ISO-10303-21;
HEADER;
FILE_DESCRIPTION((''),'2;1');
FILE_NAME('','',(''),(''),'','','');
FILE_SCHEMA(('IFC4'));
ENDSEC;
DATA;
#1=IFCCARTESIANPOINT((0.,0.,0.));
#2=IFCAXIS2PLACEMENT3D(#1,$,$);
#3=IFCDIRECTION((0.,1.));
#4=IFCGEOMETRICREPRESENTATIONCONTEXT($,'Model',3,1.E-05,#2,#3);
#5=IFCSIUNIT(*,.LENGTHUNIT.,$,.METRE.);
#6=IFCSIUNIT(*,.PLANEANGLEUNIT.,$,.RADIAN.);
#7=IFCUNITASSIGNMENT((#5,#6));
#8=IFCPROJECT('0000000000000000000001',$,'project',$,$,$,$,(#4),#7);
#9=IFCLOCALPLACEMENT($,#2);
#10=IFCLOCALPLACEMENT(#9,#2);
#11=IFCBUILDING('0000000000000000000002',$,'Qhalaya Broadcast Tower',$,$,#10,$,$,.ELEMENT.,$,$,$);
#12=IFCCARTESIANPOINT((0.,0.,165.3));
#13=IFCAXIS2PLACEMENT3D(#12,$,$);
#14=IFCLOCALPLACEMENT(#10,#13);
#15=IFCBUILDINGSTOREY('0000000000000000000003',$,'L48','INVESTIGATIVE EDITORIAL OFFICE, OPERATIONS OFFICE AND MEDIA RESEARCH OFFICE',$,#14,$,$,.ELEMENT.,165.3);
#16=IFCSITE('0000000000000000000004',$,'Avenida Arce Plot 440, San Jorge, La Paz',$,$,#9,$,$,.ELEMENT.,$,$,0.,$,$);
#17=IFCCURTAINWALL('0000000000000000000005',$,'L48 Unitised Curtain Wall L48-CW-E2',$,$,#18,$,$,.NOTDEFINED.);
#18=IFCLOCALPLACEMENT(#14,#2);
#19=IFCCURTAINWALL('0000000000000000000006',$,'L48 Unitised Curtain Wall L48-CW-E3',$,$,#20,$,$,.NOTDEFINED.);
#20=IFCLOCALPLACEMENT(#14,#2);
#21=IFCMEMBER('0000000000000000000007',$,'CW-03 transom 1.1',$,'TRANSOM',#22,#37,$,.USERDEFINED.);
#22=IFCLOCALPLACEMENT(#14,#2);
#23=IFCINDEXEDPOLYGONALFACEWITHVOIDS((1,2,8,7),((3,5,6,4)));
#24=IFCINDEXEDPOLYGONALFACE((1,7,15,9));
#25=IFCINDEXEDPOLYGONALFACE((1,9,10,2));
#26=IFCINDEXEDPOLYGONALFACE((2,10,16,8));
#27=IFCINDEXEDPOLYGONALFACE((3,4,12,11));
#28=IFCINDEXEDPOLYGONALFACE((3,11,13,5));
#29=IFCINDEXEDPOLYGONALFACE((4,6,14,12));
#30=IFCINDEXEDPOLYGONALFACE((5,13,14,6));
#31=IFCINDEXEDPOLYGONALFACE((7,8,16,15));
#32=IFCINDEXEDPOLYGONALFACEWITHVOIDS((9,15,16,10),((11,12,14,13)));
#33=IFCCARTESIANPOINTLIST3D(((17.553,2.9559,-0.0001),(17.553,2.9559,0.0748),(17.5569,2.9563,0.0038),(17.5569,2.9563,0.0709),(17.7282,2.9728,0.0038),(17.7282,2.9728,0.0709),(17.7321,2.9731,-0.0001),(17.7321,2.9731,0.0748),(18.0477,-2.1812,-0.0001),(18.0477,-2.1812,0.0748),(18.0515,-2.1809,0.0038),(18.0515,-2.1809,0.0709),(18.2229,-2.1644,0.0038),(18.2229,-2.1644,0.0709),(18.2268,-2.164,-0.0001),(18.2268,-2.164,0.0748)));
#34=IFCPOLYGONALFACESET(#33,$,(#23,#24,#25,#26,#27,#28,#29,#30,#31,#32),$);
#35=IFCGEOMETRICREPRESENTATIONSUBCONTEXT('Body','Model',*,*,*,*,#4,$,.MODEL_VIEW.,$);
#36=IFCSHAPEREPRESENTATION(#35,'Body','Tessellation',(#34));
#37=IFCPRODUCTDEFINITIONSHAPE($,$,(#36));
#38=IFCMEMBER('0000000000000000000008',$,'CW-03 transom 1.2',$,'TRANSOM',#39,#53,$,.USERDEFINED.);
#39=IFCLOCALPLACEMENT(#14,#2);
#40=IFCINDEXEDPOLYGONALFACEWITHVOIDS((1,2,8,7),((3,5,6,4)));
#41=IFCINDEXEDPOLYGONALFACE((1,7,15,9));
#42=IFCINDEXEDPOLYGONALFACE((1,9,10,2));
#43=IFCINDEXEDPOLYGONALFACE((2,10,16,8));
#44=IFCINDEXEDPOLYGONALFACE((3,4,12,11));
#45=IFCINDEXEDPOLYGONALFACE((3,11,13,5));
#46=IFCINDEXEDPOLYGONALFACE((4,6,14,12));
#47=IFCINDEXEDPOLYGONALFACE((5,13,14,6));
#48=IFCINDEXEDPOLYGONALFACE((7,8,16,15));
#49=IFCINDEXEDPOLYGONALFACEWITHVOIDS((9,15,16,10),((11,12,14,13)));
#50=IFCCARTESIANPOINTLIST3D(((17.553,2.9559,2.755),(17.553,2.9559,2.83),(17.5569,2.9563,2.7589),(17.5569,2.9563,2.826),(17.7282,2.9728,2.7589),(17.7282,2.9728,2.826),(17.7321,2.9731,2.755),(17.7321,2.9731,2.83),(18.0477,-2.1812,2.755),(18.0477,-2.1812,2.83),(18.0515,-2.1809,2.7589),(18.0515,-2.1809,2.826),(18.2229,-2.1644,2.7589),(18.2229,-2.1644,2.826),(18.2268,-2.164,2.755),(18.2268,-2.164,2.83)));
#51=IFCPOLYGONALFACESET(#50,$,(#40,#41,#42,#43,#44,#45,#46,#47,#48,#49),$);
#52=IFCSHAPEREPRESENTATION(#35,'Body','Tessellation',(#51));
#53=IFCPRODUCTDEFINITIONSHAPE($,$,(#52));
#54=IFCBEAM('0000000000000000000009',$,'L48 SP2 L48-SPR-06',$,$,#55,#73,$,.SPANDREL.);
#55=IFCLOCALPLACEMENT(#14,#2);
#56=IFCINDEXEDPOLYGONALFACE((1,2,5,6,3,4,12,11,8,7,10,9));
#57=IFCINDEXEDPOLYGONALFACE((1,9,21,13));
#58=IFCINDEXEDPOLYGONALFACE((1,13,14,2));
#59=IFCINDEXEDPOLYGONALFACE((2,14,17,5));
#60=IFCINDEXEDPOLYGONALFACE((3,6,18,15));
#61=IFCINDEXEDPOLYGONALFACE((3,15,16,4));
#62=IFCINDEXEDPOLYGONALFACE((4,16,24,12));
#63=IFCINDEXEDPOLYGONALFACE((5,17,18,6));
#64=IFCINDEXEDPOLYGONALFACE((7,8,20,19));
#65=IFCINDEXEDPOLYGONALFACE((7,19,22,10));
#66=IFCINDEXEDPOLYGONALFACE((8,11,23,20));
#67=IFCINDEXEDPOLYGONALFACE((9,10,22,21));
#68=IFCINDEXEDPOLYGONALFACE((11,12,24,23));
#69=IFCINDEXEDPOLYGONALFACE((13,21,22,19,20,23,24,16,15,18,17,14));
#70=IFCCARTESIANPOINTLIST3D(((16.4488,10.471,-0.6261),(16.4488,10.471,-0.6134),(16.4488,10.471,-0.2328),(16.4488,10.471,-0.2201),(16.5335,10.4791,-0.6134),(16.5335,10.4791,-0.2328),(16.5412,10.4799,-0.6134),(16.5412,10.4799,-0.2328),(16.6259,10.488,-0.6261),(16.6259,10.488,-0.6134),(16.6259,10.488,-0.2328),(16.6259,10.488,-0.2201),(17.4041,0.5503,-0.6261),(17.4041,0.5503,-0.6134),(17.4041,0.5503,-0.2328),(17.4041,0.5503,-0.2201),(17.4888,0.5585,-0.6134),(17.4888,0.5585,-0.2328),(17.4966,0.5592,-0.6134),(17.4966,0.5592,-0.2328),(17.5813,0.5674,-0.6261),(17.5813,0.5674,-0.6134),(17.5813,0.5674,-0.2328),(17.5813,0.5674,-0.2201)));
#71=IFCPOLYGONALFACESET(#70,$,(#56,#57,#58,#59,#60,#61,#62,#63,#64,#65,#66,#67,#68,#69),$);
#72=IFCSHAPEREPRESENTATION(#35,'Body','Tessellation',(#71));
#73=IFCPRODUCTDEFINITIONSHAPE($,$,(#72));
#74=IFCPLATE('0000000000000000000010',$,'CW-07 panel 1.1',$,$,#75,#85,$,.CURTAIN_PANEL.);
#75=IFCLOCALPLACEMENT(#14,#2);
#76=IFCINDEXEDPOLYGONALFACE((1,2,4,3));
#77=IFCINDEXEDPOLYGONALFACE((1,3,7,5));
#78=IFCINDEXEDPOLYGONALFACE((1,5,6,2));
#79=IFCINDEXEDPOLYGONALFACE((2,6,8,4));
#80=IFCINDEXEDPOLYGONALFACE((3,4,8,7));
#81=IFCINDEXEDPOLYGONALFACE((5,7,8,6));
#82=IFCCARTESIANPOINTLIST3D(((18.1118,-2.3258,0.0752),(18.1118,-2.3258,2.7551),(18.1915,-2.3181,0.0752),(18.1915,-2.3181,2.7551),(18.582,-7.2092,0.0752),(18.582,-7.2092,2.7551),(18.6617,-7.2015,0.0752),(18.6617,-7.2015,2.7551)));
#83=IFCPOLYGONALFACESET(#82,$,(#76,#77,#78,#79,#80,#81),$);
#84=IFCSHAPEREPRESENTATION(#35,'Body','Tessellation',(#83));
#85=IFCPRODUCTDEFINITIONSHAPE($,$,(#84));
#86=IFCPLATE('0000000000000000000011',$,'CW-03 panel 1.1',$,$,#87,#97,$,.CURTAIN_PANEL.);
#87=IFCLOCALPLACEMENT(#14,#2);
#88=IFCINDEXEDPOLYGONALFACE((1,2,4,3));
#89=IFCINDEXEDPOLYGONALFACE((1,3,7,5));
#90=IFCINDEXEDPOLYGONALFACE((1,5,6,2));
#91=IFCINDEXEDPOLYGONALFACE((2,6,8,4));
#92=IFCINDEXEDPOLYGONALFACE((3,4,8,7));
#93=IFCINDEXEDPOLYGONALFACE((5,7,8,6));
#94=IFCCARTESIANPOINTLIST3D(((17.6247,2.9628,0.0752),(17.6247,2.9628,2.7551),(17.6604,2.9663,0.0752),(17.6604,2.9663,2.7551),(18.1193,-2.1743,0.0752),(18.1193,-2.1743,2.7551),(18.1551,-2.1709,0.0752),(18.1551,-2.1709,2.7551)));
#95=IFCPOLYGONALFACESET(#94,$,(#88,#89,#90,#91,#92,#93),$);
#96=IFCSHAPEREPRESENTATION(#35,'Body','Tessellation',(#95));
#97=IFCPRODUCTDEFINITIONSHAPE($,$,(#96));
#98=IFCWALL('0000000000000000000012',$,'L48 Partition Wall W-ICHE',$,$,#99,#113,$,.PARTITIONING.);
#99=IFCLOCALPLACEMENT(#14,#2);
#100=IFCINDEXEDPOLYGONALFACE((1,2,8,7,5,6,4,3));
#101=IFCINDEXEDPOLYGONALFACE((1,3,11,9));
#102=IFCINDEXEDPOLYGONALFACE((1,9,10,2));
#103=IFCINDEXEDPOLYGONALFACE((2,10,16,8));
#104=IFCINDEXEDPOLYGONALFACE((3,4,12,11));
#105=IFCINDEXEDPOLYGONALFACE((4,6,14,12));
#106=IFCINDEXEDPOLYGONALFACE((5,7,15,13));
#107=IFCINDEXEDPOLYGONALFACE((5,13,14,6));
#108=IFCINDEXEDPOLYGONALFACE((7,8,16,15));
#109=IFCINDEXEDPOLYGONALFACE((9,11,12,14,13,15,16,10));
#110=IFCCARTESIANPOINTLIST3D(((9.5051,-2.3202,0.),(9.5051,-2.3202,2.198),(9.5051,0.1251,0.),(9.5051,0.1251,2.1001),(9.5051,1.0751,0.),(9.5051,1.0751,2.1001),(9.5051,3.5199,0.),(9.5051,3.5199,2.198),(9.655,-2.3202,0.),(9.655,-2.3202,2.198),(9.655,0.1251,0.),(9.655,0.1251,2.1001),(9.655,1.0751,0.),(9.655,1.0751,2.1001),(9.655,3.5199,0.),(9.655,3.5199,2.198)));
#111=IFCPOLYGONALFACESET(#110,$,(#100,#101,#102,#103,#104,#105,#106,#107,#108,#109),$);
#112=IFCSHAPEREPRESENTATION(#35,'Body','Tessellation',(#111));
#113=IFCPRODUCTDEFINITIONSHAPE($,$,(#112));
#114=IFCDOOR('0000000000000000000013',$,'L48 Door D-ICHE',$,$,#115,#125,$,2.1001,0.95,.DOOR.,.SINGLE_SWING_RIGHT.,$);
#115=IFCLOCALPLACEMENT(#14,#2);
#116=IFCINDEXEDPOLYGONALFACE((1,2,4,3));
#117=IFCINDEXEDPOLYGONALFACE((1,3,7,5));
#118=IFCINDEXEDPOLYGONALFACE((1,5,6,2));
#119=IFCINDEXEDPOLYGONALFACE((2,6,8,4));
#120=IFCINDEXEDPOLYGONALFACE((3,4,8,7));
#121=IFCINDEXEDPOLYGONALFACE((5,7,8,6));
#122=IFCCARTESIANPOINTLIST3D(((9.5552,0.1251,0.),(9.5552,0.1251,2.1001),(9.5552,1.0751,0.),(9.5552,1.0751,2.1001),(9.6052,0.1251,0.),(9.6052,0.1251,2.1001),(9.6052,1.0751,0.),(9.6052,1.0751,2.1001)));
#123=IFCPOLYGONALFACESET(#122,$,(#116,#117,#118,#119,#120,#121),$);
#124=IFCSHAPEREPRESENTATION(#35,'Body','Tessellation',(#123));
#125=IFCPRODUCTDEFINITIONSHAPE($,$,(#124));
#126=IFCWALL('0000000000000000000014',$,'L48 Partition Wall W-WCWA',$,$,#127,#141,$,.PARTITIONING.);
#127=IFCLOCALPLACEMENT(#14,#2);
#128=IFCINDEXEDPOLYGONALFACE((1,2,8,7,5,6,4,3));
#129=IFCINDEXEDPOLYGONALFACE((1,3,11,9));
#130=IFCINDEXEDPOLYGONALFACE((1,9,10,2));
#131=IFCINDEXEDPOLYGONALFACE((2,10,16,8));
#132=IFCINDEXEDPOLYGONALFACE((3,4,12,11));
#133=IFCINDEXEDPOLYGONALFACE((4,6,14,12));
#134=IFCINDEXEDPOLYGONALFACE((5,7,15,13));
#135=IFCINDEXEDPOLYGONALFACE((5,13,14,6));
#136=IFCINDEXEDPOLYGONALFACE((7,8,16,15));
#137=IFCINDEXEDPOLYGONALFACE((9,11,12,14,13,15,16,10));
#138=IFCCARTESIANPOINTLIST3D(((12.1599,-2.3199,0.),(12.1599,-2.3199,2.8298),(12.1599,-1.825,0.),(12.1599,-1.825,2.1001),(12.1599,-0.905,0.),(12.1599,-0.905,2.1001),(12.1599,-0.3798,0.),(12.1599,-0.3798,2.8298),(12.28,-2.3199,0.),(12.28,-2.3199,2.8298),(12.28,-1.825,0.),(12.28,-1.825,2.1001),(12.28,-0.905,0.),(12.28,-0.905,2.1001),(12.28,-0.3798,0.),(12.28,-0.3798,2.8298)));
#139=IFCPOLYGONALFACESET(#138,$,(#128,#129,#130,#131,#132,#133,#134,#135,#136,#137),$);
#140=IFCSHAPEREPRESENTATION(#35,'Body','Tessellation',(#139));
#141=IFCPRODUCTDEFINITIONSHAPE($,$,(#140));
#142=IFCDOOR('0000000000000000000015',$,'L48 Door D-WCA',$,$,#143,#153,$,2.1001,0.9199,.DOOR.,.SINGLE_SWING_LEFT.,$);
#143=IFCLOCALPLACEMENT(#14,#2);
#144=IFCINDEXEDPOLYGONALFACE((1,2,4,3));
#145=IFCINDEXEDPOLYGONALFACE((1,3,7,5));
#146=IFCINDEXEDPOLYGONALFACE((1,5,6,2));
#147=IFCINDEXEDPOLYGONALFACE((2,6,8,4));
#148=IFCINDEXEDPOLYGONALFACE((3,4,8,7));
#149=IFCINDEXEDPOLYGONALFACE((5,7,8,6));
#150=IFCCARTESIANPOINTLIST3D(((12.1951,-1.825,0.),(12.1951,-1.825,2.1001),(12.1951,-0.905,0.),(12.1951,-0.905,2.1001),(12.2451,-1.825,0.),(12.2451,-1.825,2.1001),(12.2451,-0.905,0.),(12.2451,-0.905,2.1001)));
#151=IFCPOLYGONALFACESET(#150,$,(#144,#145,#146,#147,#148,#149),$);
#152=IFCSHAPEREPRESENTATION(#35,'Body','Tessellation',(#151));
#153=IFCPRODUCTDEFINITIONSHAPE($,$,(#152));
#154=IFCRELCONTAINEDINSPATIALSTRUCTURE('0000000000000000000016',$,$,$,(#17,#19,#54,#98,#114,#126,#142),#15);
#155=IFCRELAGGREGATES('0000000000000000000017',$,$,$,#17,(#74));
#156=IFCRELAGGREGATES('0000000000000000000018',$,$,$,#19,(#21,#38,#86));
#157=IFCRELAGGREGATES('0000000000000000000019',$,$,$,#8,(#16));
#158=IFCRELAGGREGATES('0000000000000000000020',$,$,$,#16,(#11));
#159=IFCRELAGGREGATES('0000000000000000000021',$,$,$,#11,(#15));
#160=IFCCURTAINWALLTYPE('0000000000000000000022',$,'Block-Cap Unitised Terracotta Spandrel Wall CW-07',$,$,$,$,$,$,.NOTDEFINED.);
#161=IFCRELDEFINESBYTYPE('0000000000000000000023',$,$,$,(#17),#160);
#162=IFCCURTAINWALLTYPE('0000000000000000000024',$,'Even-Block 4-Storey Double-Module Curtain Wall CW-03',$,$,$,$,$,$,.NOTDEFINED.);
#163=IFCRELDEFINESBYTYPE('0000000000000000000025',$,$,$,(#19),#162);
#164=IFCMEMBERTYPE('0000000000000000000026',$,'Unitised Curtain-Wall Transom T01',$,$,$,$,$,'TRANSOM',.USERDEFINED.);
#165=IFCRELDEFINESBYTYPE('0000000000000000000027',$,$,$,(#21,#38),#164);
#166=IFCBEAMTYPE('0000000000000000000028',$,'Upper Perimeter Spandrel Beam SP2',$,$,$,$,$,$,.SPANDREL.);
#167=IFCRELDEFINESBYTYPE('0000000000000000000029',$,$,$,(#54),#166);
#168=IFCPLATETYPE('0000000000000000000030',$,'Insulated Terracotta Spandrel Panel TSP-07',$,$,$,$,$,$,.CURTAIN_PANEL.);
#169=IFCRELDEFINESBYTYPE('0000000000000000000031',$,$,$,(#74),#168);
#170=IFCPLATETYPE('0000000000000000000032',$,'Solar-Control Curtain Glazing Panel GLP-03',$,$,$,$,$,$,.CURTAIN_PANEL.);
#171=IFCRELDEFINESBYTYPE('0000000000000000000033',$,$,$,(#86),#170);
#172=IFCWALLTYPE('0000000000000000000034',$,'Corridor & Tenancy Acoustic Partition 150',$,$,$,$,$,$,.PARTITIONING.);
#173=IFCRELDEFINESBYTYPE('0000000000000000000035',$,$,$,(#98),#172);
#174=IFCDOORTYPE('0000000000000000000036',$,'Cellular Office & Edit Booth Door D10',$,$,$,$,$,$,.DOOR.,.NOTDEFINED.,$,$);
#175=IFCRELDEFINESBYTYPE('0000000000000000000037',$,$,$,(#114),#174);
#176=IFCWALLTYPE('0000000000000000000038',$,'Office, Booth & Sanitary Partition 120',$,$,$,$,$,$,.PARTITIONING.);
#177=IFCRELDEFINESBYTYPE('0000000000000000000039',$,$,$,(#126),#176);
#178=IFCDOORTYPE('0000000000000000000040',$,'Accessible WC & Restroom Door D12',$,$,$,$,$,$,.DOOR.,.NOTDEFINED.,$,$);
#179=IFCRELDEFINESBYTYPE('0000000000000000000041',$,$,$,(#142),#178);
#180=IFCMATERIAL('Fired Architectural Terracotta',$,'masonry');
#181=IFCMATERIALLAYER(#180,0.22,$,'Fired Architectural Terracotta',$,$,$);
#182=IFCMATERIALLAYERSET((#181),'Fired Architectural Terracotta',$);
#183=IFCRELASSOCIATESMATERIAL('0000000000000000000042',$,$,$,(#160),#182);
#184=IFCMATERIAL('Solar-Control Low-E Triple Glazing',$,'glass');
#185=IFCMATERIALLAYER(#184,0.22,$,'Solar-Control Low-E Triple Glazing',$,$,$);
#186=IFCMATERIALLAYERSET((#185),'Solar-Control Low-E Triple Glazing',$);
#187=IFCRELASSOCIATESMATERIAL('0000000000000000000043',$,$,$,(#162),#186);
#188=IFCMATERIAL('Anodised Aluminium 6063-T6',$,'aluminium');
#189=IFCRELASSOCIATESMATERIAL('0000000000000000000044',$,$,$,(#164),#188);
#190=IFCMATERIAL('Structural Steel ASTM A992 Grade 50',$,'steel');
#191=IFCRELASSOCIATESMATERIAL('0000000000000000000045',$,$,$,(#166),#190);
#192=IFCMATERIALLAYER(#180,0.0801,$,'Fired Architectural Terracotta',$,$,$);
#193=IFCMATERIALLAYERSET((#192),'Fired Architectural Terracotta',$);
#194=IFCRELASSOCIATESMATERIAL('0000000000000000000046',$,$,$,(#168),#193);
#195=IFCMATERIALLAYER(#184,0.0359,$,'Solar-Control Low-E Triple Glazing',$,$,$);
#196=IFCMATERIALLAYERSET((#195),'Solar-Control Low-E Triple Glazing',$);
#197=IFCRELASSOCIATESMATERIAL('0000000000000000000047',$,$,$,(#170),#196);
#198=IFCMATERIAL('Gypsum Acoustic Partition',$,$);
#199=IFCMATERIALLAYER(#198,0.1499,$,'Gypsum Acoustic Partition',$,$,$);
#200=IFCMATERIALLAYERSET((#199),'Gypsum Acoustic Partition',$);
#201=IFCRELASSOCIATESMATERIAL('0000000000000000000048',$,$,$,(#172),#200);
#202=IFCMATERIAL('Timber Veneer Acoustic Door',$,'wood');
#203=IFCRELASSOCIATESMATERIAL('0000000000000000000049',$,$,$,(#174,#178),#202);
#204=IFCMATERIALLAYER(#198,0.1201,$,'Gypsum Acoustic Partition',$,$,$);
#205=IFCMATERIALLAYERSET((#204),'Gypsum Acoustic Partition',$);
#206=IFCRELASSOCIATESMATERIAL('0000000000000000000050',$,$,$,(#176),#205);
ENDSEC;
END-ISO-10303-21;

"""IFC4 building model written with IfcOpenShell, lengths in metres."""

from ifc_helpers import new_model, si_unit, direction, frame, frame_2d, origin, origin_2d, place, context, subcontext, project, spatial, rectangle, hollow_rectangle, i_section, extrude, material, layer, layer_set, material_profile, profile_set, type_object, element, fill, aggregate, save


model = new_model("IFC4")

# Units and contexts
model_context = context("Model", 3, precision=1e-05, world=origin(), true_north=direction((0.0, 1.0)))
body_context = subcontext(model_context, "Body", "Model", "MODEL_VIEW")
ifc_project = project(units=[si_unit("LENGTHUNIT", "METRE"), si_unit("PLANEANGLEUNIT", "RADIAN")], contexts=[model_context])

# Site, building, storey
site_placement = place(None, origin())
site = spatial("IfcSite", under=ifc_project, at=site_placement, Name="Avenida Arce Plot 440, San Jorge, La Paz", CompositionType="ELEMENT", RefElevation=0.0)
building_placement = place(site_placement, origin())
building = spatial("IfcBuilding", under=site, at=building_placement, Name="Qhalaya Broadcast Tower", CompositionType="ELEMENT")
storey_placement = place(building_placement, frame((0.0, 0.0, 165.3)))
storey = spatial("IfcBuildingStorey", under=building, at=storey_placement, Name="L48", Description="INVESTIGATIVE EDITORIAL OFFICE, OPERATIONS OFFICE AND MEDIA RESEARCH OFFICE", CompositionType="ELEMENT", Elevation=165.3)

# Shared definitions
ifc_material_1 = material(Name="Structural Steel ASTM A992 Grade 50", Category="steel")

# Curtain walls
ifc_material_2 = material(Name="Fired Architectural Terracotta", Category="masonry")
ifc_layer_1 = layer(ifc_material_2, 0.22, Name="Fired Architectural Terracotta")
ifc_layer_set_1 = layer_set([ifc_layer_1], Name="Fired Architectural Terracotta")
curtain_wall_type_1 = type_object("IfcCurtainWallType", Name="Block-Cap Unitised Terracotta Spandrel Wall CW-07", PredefinedType="NOTDEFINED", material=ifc_layer_set_1)
curtain_wall_1_placement = place(storey_placement, origin())
curtain_wall_1 = element("IfcCurtainWall", 1, at=curtain_wall_1_placement, inside=storey, type_object=curtain_wall_type_1, Name="L48 Unitised Curtain Wall L48-CW-E2", PredefinedType="NOTDEFINED")
ifc_material_3 = material(Name="Anodised Aluminium 6063-T6", Category="aluminium")
ifc_material_4 = material(Name="Solar-Control Low-E Triple Glazing", Category="glass")
ifc_layer_2 = layer(ifc_material_4, 0.22, Name="Solar-Control Low-E Triple Glazing")
ifc_layer_set_2 = layer_set([ifc_layer_2], Name="Solar-Control Low-E Triple Glazing")
curtain_wall_type_2 = type_object("IfcCurtainWallType", Name="Even-Block 4-Storey Double-Module Curtain Wall CW-03", PredefinedType="NOTDEFINED", material=ifc_layer_set_2)
curtain_wall_2_placement = place(storey_placement, origin())
curtain_wall_2 = element("IfcCurtainWall", 2, at=curtain_wall_2_placement, inside=storey, type_object=curtain_wall_type_2, Name="L48 Unitised Curtain Wall L48-CW-E3", PredefinedType="NOTDEFINED")

# Members
ifc_material_profile_1 = material_profile(ifc_material_3, hollow_rectangle(XDim=0.075, YDim=0.1799, WallThickness=0.0039, at=origin_2d()), Name="ALU-TRN 75x180x4")
ifc_profile_set_1 = profile_set([ifc_material_profile_1], Name="Anodised Aluminium 6063-T6")
member_type_1 = type_object("IfcMemberType", Name="Unitised Curtain-Wall Transom T01", ElementType="TRANSOM", PredefinedType="USERDEFINED", material=ifc_profile_set_1)
member_1_placement = place(storey_placement, frame((18.1372, -2.1726, 0.0374), z_axis=(-0.09584, 0.995397, 0.0), x_axis=(0.0, 0.0, 1.0)))
member_1 = element("IfcMember", 3, at=member_1_placement, type_object=member_type_1, Name="CW-03 transom 1.1", ObjectType="TRANSOM", PredefinedType="USERDEFINED", context=body_context, shape_type="SweptSolid", body=[
    extrude(hollow_rectangle(XDim=0.075, YDim=0.1799, WallThickness=0.0039, at=origin_2d()), origin(), (0.0, 0.0, 1.0), 5.1609),
])
member_2_placement = place(storey_placement, frame((18.1372, -2.1726, 2.7925), z_axis=(-0.09584, 0.995397, 0.0), x_axis=(0.0, 0.0, 1.0)))
member_2 = element("IfcMember", 4, at=member_2_placement, type_object=member_type_1, Name="CW-03 transom 1.2", ObjectType="TRANSOM", PredefinedType="USERDEFINED", context=body_context, shape_type="SweptSolid", body=[
    extrude(hollow_rectangle(XDim=0.075, YDim=0.1799, WallThickness=0.0039, at=origin_2d()), origin(), (0.0, 0.0, 1.0), 5.1609),
])

# Beam
ifc_material_profile_2 = material_profile(ifc_material_1, i_section(OverallWidth=0.178, OverallDepth=0.406, WebThickness=0.0078, FlangeThickness=0.0127, at=origin_2d()), Name="W16X40")
ifc_profile_set_2 = profile_set([ifc_material_profile_2], Name="Structural Steel ASTM A992 Grade 50")
beam_type_1 = type_object("IfcBeamType", Name="Upper Perimeter Spandrel Beam SP2", PredefinedType="SPANDREL", material=ifc_profile_set_2)
beam_1_placement = place(storey_placement, frame((17.4927, 0.5588, -0.4231), z_axis=(-0.095853, 0.995396, 0.0), x_axis=(-0.995396, -0.095853, 0.0)))
element("IfcBeam", 5, at=beam_1_placement, inside=storey, type_object=beam_type_1, Name="L48 SP2 L48-SPR-06", PredefinedType="SPANDREL", context=body_context, shape_type="SweptSolid", body=[
    extrude(i_section(OverallWidth=0.178, OverallDepth=0.406, WebThickness=0.0078, FlangeThickness=0.0127, at=origin_2d()), origin(), (0.0, 0.0, 1.0), 9.9666),
])

# Plates
ifc_layer_3 = layer(ifc_material_2, 0.0801, Name="Fired Architectural Terracotta")
ifc_layer_set_3 = layer_set([ifc_layer_3], Name="Fired Architectural Terracotta")
plate_type_1 = type_object("IfcPlateType", Name="Insulated Terracotta Spandrel Panel TSP-07", PredefinedType="CURTAIN_PANEL", material=ifc_layer_set_3)
plate_1_placement = place(storey_placement, frame((18.3867, -4.7637, 0.0752), z_axis=(0.0, 0.0, 1.0), x_axis=(-0.095845, 0.995396, 0.0)))
plate_1 = element("IfcPlate", 6, at=plate_1_placement, type_object=plate_type_1, Name="CW-07 panel 1.1", PredefinedType="CURTAIN_PANEL", context=body_context, shape_type="SweptSolid", body=[
    extrude(rectangle(XDim=4.906, YDim=0.0801, at=origin_2d()), origin(), (0.0, 0.0, 1.0), 2.6799),
])
aggregate(curtain_wall_1, [plate_1])
ifc_layer_4 = layer(ifc_material_4, 0.0359, Name="Solar-Control Low-E Triple Glazing")
ifc_layer_set_4 = layer_set([ifc_layer_4], Name="Solar-Control Low-E Triple Glazing")
plate_type_2 = type_object("IfcPlateType", Name="Solar-Control Curtain Glazing Panel GLP-03", PredefinedType="CURTAIN_PANEL", material=ifc_layer_set_4)
plate_2_placement = place(storey_placement, frame((17.8899, 0.396, 0.0752), z_axis=(0.0, 0.0, 1.0), x_axis=(-0.09584, 0.995397, 0.0)))
plate_2 = element("IfcPlate", 7, at=plate_2_placement, type_object=plate_type_2, Name="CW-03 panel 1.1", PredefinedType="CURTAIN_PANEL", context=body_context, shape_type="SweptSolid", body=[
    extrude(rectangle(XDim=5.1609, YDim=0.0359, at=origin_2d()), origin(), (0.0, 0.0, 1.0), 2.6799),
])
aggregate(curtain_wall_2, [member_1, member_2, plate_2])

# Walls, openings, doors
ifc_material_5 = material(Name="Gypsum Acoustic Partition")
ifc_layer_5 = layer(ifc_material_5, 0.1499, Name="Gypsum Acoustic Partition")
ifc_layer_set_5 = layer_set([ifc_layer_5], Name="Gypsum Acoustic Partition")
wall_type_1 = type_object("IfcWallType", Name="Corridor & Tenancy Acoustic Partition 150", PredefinedType="PARTITIONING", material=ifc_layer_set_5)
wall_1_placement = place(storey_placement, frame((9.5801, -2.3201, 0.0), z_axis=(0.0, 0.0, 1.0), x_axis=(0.0, 1.0, 0.0)))
wall_1 = element("IfcWall", 8, at=wall_1_placement, inside=storey, type_object=wall_type_1, Name="L48 Partition Wall W-ICHE", PredefinedType="PARTITIONING", context=body_context, shape_type="SweptSolid", body=[
    extrude(rectangle(XDim=5.8401, YDim=0.1499, at=frame_2d((2.9199, 0.0))), origin(), (0.0, 0.0, 1.0), 2.198),
])
opening_1_placement = place(wall_1_placement, frame((2.4451, 0.0, 0.0)))
opening_1 = element("IfcOpeningElement", 9, at=opening_1_placement, cuts=wall_1, PredefinedType="OPENING", context=body_context, shape_type="SweptSolid", body=[
    extrude(rectangle(XDim=0.95, YDim=2.1001, at=frame_2d((0.4751, 1.05))), frame((0.0, 0.0869, 0.0), z_axis=(0.0, -1.0, 0.0), x_axis=(1.0, 0.0, 0.0)), (0.0, 0.0, 1.0), 0.1738),
])
ifc_material_6 = material(Name="Timber Veneer Acoustic Door", Category="wood")
door_type_1 = type_object("IfcDoorType", Name="Cellular Office & Edit Booth Door D10", OperationType="NOTDEFINED", PredefinedType="DOOR", material=ifc_material_6)
door_1_placement = place(opening_1_placement, origin())
door_1 = element("IfcDoor", 10, at=door_1_placement, inside=storey, type_object=door_type_1, Name="L48 Door D-ICHE", OperationType="SINGLE_SWING_RIGHT", OverallHeight=2.1001, OverallWidth=0.95, PredefinedType="DOOR", context=body_context, shape_type="SweptSolid", body=[
    extrude(rectangle(XDim=0.95, YDim=2.1001, at=frame_2d((0.4751, 1.05))), frame((0.0, 0.0249, 0.0), z_axis=(0.0, -1.0, 0.0), x_axis=(1.0, 0.0, 0.0)), (0.0, 0.0, 1.0), 0.05),
])
fill(opening_1, door_1)
ifc_layer_6 = layer(ifc_material_5, 0.1201, Name="Gypsum Acoustic Partition")
ifc_layer_set_6 = layer_set([ifc_layer_6], Name="Gypsum Acoustic Partition")
wall_type_2 = type_object("IfcWallType", Name="Office, Booth & Sanitary Partition 120", PredefinedType="PARTITIONING", material=ifc_layer_set_6)
wall_2_placement = place(storey_placement, frame((12.22, -2.3201, 0.0), z_axis=(0.0, 0.0, 1.0), x_axis=(0.0, 1.0, 0.0)))
wall_2 = element("IfcWall", 11, at=wall_2_placement, inside=storey, type_object=wall_type_2, Name="L48 Partition Wall W-WCWA", PredefinedType="PARTITIONING", context=body_context, shape_type="SweptSolid", body=[
    extrude(rectangle(XDim=1.9402, YDim=0.1201, at=frame_2d((0.9702, 0.0))), origin(), (0.0, 0.0, 1.0), 2.8298),
])
opening_2_placement = place(wall_2_placement, frame((0.4951, 0.0, 0.0)))
opening_2 = element("IfcOpeningElement", 12, at=opening_2_placement, cuts=wall_2, PredefinedType="OPENING", context=body_context, shape_type="SweptSolid", body=[
    extrude(rectangle(XDim=0.9199, YDim=2.1001, at=frame_2d((0.46, 1.05))), frame((0.0, 0.072, 0.0), z_axis=(0.0, -1.0, 0.0), x_axis=(1.0, 0.0, 0.0)), (0.0, 0.0, 1.0), 0.144),
])
door_type_2 = type_object("IfcDoorType", Name="Accessible WC & Restroom Door D12", OperationType="NOTDEFINED", PredefinedType="DOOR", material=ifc_material_6)
door_2_placement = place(opening_2_placement, origin())
door_2 = element("IfcDoor", 13, at=door_2_placement, inside=storey, type_object=door_type_2, Name="L48 Door D-WCA", OperationType="SINGLE_SWING_LEFT", OverallHeight=2.1001, OverallWidth=0.9199, PredefinedType="DOOR", context=body_context, shape_type="SweptSolid", body=[
    extrude(rectangle(XDim=0.9199, YDim=2.1001, at=frame_2d((0.46, 1.05))), frame((0.0, 0.0249, 0.0), z_axis=(0.0, -1.0, 0.0), x_axis=(1.0, 0.0, 0.0)), (0.0, 0.0, 1.0), 0.05),
])
fill(opening_2, door_2)

save(model, "model.ifc")
